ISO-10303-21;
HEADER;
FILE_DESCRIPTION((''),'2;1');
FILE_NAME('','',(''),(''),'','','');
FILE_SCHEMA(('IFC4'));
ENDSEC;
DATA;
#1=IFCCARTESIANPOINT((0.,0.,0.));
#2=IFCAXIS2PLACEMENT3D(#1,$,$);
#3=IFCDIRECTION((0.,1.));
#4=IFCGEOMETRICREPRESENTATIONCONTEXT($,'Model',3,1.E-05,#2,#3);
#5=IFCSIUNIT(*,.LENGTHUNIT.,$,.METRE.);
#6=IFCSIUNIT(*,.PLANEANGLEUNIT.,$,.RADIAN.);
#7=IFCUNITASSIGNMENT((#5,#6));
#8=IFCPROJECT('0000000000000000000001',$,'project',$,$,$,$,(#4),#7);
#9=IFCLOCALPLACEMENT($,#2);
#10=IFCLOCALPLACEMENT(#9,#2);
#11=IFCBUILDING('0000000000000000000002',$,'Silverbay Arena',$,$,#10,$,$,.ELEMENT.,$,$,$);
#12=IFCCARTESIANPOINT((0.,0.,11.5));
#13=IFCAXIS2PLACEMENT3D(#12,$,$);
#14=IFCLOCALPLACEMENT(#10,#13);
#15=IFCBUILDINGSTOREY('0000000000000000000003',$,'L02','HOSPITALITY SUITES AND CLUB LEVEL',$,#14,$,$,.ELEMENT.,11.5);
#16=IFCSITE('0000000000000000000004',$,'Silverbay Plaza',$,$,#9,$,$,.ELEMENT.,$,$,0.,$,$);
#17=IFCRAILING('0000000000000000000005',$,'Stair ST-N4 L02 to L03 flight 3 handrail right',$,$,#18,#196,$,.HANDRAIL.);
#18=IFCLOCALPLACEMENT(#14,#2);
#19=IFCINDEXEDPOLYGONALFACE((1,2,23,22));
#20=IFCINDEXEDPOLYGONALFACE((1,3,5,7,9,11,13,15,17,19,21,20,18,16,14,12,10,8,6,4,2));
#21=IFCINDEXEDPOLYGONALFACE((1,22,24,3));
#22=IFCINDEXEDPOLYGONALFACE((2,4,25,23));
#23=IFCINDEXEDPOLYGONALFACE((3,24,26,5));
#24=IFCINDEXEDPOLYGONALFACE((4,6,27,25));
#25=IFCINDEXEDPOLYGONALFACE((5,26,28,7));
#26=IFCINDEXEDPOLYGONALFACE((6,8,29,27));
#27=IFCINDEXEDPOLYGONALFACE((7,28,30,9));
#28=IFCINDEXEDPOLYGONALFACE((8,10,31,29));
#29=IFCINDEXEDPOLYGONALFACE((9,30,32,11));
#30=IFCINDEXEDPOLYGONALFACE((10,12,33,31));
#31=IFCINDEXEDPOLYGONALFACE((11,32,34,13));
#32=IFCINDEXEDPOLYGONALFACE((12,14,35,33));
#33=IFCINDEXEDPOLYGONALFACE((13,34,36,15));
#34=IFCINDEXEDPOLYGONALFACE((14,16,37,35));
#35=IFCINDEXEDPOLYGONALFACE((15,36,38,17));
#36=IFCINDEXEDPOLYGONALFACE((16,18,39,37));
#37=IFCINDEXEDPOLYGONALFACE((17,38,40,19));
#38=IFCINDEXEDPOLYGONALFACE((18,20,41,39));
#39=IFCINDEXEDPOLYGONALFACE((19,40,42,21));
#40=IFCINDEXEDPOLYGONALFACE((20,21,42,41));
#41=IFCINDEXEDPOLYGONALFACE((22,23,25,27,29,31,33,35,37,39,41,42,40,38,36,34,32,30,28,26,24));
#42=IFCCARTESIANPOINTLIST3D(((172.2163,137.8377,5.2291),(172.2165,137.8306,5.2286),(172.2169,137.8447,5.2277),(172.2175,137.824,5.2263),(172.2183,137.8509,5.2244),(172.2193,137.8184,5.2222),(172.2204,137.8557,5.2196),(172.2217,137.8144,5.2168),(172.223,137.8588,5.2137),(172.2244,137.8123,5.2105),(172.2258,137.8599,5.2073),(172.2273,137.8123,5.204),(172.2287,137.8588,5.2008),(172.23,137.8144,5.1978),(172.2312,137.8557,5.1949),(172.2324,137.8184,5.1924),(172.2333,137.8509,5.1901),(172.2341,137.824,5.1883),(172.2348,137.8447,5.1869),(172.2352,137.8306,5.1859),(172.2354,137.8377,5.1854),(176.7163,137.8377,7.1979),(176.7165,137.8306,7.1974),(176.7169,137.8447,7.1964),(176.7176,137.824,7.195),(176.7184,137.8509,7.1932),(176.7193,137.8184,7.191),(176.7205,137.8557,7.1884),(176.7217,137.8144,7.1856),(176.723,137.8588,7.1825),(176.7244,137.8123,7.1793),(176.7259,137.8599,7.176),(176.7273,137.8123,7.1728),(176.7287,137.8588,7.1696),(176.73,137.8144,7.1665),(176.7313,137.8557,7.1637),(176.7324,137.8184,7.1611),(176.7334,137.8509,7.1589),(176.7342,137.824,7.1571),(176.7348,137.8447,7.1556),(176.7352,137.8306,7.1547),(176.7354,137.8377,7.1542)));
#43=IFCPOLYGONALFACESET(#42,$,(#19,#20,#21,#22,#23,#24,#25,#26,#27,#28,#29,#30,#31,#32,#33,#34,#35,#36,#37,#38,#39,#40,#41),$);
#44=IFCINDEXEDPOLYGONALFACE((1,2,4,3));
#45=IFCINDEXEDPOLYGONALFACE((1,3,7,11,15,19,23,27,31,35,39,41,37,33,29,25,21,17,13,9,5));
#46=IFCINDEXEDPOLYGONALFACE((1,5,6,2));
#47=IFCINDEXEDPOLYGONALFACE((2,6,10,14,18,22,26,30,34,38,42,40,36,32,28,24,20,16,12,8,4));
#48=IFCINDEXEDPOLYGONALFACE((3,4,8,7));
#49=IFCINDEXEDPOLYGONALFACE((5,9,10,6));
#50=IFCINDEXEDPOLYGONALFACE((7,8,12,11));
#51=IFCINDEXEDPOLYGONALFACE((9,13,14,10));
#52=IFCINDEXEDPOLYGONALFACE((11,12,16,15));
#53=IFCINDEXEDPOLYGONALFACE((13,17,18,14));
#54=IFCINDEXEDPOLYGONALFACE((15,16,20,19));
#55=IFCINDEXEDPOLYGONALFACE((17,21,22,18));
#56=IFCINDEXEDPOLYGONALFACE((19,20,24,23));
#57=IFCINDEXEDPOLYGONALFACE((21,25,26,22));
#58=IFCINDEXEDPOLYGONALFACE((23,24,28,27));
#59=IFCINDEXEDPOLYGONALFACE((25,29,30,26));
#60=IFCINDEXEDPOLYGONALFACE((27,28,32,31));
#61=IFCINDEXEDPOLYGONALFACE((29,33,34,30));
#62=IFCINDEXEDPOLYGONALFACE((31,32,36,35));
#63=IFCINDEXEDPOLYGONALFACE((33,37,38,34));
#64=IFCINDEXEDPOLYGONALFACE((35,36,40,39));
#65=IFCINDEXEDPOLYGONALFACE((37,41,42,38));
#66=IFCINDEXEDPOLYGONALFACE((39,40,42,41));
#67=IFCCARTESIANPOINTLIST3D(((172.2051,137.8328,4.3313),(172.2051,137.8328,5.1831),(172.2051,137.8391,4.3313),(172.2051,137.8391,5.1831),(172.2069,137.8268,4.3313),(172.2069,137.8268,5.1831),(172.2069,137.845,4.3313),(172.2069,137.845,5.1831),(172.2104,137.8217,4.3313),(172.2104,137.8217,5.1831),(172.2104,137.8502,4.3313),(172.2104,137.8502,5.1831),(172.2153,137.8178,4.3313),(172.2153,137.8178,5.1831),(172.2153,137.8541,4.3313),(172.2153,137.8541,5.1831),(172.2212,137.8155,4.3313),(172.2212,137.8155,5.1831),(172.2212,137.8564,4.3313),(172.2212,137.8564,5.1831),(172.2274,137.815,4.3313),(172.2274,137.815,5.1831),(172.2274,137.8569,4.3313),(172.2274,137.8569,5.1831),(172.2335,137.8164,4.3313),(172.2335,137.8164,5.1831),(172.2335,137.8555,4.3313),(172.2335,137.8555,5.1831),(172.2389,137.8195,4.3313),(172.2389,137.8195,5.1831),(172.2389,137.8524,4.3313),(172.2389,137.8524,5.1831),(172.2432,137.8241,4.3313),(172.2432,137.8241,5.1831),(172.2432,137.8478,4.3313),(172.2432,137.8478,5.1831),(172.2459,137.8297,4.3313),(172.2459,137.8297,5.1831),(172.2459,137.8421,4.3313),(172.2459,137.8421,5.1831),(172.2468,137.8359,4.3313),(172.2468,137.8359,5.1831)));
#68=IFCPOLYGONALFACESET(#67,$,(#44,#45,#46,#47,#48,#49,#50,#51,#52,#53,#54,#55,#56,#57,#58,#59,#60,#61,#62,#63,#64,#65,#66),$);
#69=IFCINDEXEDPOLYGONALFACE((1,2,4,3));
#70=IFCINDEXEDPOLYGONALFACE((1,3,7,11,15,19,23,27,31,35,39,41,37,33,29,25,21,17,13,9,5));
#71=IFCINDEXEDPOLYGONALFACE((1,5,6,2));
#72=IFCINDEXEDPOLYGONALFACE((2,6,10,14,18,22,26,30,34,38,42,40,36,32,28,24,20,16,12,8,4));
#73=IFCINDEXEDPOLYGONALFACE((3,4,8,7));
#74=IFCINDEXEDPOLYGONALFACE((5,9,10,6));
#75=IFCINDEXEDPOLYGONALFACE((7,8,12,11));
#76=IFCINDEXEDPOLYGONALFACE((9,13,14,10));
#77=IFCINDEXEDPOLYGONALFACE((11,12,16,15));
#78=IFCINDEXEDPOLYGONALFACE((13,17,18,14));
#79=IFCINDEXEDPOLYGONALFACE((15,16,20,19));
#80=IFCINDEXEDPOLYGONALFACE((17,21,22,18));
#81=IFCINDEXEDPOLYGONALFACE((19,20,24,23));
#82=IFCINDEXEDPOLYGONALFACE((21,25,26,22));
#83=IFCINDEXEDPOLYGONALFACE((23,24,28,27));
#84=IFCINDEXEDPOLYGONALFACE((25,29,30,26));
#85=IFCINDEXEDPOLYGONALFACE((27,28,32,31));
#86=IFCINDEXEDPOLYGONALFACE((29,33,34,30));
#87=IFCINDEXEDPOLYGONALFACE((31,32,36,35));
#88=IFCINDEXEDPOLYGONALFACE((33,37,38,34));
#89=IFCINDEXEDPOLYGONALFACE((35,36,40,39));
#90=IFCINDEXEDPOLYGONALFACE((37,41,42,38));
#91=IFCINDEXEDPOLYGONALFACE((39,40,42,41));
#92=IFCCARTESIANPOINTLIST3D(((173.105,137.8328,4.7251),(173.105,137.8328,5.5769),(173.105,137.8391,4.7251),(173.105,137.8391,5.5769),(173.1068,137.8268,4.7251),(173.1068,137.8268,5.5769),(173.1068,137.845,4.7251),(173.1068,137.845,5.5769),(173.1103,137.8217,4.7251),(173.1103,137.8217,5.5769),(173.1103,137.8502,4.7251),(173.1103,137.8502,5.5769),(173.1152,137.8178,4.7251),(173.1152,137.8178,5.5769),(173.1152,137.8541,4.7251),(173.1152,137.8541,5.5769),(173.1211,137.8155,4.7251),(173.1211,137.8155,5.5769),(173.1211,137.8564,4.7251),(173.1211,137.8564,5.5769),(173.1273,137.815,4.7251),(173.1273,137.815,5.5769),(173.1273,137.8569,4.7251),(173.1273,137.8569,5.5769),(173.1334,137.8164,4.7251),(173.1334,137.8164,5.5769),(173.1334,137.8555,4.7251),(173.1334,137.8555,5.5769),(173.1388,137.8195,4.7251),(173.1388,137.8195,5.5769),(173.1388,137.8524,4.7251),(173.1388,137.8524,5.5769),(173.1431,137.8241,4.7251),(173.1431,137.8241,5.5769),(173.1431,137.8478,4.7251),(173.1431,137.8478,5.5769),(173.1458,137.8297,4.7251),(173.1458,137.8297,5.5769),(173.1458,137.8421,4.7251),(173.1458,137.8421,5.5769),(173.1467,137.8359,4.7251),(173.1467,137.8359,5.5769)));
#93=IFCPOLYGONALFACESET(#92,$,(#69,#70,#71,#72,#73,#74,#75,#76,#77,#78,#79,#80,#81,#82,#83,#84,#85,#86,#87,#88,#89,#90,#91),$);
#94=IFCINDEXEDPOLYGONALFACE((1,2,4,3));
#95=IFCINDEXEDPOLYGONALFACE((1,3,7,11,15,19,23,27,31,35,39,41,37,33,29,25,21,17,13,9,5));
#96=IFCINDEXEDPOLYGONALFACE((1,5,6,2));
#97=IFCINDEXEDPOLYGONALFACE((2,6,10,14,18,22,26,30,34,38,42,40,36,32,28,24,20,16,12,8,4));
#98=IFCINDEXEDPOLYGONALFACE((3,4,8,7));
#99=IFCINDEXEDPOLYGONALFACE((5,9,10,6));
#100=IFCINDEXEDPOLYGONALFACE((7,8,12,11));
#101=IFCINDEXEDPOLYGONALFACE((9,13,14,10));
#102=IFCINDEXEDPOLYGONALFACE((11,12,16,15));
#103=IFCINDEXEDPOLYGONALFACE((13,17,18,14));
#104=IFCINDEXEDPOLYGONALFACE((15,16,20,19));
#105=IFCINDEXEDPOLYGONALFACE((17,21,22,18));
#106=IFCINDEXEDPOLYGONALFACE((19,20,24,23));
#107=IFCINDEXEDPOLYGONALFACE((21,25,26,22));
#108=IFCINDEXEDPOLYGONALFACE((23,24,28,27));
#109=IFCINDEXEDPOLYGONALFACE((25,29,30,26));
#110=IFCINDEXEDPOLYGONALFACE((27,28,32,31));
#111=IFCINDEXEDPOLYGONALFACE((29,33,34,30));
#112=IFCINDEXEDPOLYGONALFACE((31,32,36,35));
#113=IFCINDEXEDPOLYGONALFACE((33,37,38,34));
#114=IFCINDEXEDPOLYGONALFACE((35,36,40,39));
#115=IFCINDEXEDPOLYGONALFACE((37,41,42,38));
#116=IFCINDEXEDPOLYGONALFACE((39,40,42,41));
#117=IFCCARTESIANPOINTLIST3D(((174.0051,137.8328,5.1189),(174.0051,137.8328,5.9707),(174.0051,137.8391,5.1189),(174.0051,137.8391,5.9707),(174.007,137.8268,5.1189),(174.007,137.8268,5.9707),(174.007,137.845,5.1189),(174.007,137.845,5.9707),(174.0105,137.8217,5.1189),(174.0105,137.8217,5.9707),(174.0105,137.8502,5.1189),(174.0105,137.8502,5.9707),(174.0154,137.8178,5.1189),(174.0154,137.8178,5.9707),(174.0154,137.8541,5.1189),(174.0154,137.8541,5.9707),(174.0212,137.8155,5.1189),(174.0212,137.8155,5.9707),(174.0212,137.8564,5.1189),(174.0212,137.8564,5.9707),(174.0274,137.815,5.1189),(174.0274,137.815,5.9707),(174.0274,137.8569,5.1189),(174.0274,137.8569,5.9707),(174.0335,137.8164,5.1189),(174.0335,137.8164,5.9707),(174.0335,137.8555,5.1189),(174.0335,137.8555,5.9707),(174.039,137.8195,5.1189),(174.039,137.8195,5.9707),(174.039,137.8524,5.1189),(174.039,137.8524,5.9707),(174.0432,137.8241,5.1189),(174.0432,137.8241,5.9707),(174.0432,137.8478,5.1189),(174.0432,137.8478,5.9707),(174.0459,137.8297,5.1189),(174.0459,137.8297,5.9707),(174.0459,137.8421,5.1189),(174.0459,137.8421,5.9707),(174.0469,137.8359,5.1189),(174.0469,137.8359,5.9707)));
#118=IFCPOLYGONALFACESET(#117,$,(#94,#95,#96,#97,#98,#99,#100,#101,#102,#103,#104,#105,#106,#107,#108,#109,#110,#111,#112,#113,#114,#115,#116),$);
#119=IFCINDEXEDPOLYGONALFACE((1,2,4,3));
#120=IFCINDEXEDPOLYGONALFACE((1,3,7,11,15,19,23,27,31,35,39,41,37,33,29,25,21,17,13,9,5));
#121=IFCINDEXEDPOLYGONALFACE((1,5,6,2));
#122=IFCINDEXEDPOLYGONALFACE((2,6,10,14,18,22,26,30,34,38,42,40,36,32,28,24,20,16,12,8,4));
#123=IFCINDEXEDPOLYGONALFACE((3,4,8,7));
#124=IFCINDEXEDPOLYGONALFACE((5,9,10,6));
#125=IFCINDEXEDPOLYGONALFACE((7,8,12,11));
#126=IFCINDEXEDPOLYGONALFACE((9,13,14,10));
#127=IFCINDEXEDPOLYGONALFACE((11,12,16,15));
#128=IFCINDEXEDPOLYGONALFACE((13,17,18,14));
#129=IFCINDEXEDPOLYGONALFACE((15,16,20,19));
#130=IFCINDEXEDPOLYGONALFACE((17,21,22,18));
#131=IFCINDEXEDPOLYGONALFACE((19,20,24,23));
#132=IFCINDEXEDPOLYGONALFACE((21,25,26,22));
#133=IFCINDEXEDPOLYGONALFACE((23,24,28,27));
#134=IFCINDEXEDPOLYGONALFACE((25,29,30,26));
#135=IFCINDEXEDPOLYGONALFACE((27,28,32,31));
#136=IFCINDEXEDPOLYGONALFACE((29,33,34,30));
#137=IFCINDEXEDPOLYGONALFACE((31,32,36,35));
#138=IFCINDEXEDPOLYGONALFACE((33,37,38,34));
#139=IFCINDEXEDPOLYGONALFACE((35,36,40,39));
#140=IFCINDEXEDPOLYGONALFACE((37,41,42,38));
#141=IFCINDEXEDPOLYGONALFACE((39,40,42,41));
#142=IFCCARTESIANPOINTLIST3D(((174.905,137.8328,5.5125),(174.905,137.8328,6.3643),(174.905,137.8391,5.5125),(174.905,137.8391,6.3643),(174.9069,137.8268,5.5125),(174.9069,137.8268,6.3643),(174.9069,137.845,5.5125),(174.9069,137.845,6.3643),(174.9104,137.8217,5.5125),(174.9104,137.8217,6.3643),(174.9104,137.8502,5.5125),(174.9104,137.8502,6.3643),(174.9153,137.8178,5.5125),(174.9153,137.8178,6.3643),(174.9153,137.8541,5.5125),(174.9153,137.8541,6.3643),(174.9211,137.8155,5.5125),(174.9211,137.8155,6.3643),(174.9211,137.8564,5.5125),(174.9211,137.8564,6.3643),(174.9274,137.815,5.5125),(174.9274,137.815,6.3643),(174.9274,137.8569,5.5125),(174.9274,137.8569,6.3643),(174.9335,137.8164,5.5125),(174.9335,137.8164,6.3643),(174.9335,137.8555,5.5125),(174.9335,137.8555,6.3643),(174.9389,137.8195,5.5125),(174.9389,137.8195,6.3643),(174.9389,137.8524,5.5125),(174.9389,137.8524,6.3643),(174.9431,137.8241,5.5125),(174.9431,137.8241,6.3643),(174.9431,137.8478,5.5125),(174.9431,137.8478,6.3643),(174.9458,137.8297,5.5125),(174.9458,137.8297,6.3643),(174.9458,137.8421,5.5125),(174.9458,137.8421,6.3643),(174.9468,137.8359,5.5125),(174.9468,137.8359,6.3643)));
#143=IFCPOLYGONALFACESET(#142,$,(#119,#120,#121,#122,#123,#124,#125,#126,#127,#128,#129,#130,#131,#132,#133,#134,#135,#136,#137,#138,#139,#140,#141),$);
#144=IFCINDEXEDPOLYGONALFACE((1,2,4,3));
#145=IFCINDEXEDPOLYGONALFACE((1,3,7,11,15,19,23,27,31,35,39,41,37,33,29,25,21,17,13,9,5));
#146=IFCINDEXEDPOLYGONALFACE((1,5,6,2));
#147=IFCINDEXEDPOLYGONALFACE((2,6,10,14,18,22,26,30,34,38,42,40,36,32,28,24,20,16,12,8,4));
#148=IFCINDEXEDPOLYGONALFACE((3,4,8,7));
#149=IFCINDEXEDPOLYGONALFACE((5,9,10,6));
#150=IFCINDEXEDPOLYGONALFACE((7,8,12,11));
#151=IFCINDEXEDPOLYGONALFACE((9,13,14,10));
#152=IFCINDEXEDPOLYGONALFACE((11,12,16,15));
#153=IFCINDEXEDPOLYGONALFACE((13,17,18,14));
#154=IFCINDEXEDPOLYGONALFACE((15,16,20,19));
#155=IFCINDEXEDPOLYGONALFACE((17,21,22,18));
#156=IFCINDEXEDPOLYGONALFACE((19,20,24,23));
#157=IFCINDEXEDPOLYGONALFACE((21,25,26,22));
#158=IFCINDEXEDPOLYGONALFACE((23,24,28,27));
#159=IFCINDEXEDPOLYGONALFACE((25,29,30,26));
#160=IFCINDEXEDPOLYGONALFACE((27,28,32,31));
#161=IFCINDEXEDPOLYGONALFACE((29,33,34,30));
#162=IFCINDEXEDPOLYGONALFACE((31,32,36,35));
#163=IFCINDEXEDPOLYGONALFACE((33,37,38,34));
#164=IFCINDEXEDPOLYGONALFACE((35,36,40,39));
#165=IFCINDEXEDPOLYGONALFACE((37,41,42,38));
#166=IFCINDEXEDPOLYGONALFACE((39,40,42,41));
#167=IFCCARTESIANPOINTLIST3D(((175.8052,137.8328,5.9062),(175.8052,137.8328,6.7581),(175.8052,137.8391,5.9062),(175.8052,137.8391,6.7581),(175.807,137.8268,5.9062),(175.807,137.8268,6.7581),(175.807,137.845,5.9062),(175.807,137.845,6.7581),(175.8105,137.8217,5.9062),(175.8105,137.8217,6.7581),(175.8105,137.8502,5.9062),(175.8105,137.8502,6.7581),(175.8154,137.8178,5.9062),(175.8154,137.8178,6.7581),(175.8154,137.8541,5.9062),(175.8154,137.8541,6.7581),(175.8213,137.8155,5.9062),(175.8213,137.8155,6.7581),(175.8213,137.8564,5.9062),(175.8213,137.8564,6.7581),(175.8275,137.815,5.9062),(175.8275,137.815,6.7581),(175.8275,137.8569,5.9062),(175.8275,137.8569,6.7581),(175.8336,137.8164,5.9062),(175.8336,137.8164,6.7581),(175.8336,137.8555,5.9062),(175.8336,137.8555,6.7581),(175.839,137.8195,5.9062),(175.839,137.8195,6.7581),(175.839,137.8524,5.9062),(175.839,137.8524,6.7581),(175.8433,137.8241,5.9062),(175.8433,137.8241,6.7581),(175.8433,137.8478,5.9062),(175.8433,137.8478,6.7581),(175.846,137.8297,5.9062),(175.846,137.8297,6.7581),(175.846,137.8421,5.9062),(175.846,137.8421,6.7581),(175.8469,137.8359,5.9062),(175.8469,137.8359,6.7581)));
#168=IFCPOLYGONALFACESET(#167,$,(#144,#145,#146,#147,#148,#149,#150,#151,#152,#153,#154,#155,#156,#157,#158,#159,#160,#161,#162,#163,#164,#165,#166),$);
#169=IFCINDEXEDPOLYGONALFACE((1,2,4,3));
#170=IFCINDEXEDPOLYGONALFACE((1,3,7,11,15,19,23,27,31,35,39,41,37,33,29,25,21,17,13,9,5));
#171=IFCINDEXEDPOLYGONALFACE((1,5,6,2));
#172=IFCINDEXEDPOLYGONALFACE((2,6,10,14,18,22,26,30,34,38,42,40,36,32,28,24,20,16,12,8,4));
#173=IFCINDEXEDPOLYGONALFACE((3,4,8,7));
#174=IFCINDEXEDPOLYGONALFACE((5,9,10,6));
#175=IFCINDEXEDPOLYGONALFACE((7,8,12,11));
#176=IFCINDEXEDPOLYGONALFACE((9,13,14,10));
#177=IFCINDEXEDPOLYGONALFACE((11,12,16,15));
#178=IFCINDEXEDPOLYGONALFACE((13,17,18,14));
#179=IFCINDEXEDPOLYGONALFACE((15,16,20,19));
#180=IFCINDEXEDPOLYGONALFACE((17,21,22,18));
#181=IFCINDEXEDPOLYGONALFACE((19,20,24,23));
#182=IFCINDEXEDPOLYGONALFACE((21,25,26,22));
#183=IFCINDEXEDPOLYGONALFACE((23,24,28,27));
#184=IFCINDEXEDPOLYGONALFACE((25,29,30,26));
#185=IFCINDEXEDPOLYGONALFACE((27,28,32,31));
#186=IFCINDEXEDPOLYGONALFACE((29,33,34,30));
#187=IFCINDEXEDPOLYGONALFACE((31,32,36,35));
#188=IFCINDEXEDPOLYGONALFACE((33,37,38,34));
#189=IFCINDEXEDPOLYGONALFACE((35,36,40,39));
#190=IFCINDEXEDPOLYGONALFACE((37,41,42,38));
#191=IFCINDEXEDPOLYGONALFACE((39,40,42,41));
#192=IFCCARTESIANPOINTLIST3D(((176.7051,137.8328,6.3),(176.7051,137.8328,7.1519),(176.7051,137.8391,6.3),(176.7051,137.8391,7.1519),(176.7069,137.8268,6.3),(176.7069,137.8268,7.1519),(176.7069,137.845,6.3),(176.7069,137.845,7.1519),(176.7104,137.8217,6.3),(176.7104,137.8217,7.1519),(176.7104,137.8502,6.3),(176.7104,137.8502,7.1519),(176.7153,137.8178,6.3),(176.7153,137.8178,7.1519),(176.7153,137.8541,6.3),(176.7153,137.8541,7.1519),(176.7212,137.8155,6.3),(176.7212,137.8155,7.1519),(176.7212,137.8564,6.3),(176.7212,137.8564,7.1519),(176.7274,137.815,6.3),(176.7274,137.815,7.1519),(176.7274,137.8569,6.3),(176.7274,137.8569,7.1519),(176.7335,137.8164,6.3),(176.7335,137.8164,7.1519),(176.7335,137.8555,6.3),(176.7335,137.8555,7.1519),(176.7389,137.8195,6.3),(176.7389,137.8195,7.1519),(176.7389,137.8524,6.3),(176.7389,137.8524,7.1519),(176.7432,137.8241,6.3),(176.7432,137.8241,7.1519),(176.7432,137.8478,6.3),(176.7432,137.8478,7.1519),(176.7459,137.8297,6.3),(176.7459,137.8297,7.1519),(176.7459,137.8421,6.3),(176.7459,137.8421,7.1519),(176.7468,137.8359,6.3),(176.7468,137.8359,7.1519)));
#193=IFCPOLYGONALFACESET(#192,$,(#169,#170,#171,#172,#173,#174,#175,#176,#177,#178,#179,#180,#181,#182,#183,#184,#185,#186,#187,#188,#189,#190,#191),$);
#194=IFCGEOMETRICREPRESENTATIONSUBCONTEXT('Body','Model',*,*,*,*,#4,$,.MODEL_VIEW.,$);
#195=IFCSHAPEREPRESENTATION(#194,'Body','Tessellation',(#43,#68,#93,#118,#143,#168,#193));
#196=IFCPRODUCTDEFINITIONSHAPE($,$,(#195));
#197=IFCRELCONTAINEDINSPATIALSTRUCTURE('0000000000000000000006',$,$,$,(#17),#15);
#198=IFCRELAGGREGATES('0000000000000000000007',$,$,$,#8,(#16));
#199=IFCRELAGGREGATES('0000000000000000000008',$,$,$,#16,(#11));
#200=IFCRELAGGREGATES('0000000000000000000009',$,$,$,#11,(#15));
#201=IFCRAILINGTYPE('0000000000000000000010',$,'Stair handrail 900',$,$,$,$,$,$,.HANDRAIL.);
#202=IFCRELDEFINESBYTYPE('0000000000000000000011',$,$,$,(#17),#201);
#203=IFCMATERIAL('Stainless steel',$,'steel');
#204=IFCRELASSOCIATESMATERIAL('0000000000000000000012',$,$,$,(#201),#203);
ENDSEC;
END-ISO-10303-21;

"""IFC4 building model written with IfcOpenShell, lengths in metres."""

from ifc_helpers import new_model, si_unit, direction, frame, origin, origin_2d, place, context, subcontext, project, spatial, circle, extrude, material, type_object, element, save


model = new_model("IFC4")

# Units and contexts
model_context = context("Model", 3, precision=1e-05, world=origin(), true_north=direction((0.0, 1.0)))
body_context = subcontext(model_context, "Body", "Model", "MODEL_VIEW")
ifc_project = project(units=[si_unit("LENGTHUNIT", "METRE"), si_unit("PLANEANGLEUNIT", "RADIAN")], contexts=[model_context])

# Site, building, storey
site_placement = place(None, origin())
site = spatial("IfcSite", under=ifc_project, at=site_placement, Name="Silverbay Plaza", CompositionType="ELEMENT", RefElevation=0.0)
building_placement = place(site_placement, origin())
building = spatial("IfcBuilding", under=site, at=building_placement, Name="Silverbay Arena", CompositionType="ELEMENT")
storey_placement = place(building_placement, frame((0.0, 0.0, 11.5)))
storey = spatial("IfcBuildingStorey", under=building, at=storey_placement, Name="L02", Description="HOSPITALITY SUITES AND CLUB LEVEL", CompositionType="ELEMENT", Elevation=11.5)

# Railing
ifc_material_1 = material(Name="Stainless steel", Category="steel")
railing_type_1 = type_object("IfcRailingType", Name="Stair handrail 900", PredefinedType="HANDRAIL", material=ifc_material_1)
railing_1_placement = place(storey_placement, frame((172.2258, 137.8359, 4.3313)))
element("IfcRailing", 1, at=railing_1_placement, inside=storey, type_object=railing_type_1, Name="Stair ST-N4 L02 to L03 flight 3 handrail right", PredefinedType="HANDRAIL", context=body_context, shape_type="SweptSolid", body=[
    extrude(circle(Radius=0.0239, at=origin_2d()), frame((0.0, 0.0, 0.876), z_axis=(0.916157, 0.0, 0.400819), x_axis=(0.0, 1.0, 0.0)), (0.0, 0.0, 1.0), 4.9119),
    extrude(circle(Radius=0.021, at=origin_2d()), origin(), (0.0, 0.0, 1.0), 0.8518),
    extrude(circle(Radius=0.021, at=origin_2d()), frame((0.8999, 0.0, 0.3938)), (0.0, 0.0, 1.0), 0.8518),
    extrude(circle(Radius=0.021, at=origin_2d()), frame((1.8, 0.0, 0.7876)), (0.0, 0.0, 1.0), 0.8518),
    extrude(circle(Radius=0.021, at=origin_2d()), frame((2.7, 0.0, 1.1812)), (0.0, 0.0, 1.0), 0.8518),
    extrude(circle(Radius=0.021, at=origin_2d()), frame((3.6001, 0.0, 1.575)), (0.0, 0.0, 1.0), 0.8518),
    extrude(circle(Radius=0.021, at=origin_2d()), frame((4.5, 0.0, 1.9688)), (0.0, 0.0, 1.0), 0.8518),
])

save(model, "model.ifc")
